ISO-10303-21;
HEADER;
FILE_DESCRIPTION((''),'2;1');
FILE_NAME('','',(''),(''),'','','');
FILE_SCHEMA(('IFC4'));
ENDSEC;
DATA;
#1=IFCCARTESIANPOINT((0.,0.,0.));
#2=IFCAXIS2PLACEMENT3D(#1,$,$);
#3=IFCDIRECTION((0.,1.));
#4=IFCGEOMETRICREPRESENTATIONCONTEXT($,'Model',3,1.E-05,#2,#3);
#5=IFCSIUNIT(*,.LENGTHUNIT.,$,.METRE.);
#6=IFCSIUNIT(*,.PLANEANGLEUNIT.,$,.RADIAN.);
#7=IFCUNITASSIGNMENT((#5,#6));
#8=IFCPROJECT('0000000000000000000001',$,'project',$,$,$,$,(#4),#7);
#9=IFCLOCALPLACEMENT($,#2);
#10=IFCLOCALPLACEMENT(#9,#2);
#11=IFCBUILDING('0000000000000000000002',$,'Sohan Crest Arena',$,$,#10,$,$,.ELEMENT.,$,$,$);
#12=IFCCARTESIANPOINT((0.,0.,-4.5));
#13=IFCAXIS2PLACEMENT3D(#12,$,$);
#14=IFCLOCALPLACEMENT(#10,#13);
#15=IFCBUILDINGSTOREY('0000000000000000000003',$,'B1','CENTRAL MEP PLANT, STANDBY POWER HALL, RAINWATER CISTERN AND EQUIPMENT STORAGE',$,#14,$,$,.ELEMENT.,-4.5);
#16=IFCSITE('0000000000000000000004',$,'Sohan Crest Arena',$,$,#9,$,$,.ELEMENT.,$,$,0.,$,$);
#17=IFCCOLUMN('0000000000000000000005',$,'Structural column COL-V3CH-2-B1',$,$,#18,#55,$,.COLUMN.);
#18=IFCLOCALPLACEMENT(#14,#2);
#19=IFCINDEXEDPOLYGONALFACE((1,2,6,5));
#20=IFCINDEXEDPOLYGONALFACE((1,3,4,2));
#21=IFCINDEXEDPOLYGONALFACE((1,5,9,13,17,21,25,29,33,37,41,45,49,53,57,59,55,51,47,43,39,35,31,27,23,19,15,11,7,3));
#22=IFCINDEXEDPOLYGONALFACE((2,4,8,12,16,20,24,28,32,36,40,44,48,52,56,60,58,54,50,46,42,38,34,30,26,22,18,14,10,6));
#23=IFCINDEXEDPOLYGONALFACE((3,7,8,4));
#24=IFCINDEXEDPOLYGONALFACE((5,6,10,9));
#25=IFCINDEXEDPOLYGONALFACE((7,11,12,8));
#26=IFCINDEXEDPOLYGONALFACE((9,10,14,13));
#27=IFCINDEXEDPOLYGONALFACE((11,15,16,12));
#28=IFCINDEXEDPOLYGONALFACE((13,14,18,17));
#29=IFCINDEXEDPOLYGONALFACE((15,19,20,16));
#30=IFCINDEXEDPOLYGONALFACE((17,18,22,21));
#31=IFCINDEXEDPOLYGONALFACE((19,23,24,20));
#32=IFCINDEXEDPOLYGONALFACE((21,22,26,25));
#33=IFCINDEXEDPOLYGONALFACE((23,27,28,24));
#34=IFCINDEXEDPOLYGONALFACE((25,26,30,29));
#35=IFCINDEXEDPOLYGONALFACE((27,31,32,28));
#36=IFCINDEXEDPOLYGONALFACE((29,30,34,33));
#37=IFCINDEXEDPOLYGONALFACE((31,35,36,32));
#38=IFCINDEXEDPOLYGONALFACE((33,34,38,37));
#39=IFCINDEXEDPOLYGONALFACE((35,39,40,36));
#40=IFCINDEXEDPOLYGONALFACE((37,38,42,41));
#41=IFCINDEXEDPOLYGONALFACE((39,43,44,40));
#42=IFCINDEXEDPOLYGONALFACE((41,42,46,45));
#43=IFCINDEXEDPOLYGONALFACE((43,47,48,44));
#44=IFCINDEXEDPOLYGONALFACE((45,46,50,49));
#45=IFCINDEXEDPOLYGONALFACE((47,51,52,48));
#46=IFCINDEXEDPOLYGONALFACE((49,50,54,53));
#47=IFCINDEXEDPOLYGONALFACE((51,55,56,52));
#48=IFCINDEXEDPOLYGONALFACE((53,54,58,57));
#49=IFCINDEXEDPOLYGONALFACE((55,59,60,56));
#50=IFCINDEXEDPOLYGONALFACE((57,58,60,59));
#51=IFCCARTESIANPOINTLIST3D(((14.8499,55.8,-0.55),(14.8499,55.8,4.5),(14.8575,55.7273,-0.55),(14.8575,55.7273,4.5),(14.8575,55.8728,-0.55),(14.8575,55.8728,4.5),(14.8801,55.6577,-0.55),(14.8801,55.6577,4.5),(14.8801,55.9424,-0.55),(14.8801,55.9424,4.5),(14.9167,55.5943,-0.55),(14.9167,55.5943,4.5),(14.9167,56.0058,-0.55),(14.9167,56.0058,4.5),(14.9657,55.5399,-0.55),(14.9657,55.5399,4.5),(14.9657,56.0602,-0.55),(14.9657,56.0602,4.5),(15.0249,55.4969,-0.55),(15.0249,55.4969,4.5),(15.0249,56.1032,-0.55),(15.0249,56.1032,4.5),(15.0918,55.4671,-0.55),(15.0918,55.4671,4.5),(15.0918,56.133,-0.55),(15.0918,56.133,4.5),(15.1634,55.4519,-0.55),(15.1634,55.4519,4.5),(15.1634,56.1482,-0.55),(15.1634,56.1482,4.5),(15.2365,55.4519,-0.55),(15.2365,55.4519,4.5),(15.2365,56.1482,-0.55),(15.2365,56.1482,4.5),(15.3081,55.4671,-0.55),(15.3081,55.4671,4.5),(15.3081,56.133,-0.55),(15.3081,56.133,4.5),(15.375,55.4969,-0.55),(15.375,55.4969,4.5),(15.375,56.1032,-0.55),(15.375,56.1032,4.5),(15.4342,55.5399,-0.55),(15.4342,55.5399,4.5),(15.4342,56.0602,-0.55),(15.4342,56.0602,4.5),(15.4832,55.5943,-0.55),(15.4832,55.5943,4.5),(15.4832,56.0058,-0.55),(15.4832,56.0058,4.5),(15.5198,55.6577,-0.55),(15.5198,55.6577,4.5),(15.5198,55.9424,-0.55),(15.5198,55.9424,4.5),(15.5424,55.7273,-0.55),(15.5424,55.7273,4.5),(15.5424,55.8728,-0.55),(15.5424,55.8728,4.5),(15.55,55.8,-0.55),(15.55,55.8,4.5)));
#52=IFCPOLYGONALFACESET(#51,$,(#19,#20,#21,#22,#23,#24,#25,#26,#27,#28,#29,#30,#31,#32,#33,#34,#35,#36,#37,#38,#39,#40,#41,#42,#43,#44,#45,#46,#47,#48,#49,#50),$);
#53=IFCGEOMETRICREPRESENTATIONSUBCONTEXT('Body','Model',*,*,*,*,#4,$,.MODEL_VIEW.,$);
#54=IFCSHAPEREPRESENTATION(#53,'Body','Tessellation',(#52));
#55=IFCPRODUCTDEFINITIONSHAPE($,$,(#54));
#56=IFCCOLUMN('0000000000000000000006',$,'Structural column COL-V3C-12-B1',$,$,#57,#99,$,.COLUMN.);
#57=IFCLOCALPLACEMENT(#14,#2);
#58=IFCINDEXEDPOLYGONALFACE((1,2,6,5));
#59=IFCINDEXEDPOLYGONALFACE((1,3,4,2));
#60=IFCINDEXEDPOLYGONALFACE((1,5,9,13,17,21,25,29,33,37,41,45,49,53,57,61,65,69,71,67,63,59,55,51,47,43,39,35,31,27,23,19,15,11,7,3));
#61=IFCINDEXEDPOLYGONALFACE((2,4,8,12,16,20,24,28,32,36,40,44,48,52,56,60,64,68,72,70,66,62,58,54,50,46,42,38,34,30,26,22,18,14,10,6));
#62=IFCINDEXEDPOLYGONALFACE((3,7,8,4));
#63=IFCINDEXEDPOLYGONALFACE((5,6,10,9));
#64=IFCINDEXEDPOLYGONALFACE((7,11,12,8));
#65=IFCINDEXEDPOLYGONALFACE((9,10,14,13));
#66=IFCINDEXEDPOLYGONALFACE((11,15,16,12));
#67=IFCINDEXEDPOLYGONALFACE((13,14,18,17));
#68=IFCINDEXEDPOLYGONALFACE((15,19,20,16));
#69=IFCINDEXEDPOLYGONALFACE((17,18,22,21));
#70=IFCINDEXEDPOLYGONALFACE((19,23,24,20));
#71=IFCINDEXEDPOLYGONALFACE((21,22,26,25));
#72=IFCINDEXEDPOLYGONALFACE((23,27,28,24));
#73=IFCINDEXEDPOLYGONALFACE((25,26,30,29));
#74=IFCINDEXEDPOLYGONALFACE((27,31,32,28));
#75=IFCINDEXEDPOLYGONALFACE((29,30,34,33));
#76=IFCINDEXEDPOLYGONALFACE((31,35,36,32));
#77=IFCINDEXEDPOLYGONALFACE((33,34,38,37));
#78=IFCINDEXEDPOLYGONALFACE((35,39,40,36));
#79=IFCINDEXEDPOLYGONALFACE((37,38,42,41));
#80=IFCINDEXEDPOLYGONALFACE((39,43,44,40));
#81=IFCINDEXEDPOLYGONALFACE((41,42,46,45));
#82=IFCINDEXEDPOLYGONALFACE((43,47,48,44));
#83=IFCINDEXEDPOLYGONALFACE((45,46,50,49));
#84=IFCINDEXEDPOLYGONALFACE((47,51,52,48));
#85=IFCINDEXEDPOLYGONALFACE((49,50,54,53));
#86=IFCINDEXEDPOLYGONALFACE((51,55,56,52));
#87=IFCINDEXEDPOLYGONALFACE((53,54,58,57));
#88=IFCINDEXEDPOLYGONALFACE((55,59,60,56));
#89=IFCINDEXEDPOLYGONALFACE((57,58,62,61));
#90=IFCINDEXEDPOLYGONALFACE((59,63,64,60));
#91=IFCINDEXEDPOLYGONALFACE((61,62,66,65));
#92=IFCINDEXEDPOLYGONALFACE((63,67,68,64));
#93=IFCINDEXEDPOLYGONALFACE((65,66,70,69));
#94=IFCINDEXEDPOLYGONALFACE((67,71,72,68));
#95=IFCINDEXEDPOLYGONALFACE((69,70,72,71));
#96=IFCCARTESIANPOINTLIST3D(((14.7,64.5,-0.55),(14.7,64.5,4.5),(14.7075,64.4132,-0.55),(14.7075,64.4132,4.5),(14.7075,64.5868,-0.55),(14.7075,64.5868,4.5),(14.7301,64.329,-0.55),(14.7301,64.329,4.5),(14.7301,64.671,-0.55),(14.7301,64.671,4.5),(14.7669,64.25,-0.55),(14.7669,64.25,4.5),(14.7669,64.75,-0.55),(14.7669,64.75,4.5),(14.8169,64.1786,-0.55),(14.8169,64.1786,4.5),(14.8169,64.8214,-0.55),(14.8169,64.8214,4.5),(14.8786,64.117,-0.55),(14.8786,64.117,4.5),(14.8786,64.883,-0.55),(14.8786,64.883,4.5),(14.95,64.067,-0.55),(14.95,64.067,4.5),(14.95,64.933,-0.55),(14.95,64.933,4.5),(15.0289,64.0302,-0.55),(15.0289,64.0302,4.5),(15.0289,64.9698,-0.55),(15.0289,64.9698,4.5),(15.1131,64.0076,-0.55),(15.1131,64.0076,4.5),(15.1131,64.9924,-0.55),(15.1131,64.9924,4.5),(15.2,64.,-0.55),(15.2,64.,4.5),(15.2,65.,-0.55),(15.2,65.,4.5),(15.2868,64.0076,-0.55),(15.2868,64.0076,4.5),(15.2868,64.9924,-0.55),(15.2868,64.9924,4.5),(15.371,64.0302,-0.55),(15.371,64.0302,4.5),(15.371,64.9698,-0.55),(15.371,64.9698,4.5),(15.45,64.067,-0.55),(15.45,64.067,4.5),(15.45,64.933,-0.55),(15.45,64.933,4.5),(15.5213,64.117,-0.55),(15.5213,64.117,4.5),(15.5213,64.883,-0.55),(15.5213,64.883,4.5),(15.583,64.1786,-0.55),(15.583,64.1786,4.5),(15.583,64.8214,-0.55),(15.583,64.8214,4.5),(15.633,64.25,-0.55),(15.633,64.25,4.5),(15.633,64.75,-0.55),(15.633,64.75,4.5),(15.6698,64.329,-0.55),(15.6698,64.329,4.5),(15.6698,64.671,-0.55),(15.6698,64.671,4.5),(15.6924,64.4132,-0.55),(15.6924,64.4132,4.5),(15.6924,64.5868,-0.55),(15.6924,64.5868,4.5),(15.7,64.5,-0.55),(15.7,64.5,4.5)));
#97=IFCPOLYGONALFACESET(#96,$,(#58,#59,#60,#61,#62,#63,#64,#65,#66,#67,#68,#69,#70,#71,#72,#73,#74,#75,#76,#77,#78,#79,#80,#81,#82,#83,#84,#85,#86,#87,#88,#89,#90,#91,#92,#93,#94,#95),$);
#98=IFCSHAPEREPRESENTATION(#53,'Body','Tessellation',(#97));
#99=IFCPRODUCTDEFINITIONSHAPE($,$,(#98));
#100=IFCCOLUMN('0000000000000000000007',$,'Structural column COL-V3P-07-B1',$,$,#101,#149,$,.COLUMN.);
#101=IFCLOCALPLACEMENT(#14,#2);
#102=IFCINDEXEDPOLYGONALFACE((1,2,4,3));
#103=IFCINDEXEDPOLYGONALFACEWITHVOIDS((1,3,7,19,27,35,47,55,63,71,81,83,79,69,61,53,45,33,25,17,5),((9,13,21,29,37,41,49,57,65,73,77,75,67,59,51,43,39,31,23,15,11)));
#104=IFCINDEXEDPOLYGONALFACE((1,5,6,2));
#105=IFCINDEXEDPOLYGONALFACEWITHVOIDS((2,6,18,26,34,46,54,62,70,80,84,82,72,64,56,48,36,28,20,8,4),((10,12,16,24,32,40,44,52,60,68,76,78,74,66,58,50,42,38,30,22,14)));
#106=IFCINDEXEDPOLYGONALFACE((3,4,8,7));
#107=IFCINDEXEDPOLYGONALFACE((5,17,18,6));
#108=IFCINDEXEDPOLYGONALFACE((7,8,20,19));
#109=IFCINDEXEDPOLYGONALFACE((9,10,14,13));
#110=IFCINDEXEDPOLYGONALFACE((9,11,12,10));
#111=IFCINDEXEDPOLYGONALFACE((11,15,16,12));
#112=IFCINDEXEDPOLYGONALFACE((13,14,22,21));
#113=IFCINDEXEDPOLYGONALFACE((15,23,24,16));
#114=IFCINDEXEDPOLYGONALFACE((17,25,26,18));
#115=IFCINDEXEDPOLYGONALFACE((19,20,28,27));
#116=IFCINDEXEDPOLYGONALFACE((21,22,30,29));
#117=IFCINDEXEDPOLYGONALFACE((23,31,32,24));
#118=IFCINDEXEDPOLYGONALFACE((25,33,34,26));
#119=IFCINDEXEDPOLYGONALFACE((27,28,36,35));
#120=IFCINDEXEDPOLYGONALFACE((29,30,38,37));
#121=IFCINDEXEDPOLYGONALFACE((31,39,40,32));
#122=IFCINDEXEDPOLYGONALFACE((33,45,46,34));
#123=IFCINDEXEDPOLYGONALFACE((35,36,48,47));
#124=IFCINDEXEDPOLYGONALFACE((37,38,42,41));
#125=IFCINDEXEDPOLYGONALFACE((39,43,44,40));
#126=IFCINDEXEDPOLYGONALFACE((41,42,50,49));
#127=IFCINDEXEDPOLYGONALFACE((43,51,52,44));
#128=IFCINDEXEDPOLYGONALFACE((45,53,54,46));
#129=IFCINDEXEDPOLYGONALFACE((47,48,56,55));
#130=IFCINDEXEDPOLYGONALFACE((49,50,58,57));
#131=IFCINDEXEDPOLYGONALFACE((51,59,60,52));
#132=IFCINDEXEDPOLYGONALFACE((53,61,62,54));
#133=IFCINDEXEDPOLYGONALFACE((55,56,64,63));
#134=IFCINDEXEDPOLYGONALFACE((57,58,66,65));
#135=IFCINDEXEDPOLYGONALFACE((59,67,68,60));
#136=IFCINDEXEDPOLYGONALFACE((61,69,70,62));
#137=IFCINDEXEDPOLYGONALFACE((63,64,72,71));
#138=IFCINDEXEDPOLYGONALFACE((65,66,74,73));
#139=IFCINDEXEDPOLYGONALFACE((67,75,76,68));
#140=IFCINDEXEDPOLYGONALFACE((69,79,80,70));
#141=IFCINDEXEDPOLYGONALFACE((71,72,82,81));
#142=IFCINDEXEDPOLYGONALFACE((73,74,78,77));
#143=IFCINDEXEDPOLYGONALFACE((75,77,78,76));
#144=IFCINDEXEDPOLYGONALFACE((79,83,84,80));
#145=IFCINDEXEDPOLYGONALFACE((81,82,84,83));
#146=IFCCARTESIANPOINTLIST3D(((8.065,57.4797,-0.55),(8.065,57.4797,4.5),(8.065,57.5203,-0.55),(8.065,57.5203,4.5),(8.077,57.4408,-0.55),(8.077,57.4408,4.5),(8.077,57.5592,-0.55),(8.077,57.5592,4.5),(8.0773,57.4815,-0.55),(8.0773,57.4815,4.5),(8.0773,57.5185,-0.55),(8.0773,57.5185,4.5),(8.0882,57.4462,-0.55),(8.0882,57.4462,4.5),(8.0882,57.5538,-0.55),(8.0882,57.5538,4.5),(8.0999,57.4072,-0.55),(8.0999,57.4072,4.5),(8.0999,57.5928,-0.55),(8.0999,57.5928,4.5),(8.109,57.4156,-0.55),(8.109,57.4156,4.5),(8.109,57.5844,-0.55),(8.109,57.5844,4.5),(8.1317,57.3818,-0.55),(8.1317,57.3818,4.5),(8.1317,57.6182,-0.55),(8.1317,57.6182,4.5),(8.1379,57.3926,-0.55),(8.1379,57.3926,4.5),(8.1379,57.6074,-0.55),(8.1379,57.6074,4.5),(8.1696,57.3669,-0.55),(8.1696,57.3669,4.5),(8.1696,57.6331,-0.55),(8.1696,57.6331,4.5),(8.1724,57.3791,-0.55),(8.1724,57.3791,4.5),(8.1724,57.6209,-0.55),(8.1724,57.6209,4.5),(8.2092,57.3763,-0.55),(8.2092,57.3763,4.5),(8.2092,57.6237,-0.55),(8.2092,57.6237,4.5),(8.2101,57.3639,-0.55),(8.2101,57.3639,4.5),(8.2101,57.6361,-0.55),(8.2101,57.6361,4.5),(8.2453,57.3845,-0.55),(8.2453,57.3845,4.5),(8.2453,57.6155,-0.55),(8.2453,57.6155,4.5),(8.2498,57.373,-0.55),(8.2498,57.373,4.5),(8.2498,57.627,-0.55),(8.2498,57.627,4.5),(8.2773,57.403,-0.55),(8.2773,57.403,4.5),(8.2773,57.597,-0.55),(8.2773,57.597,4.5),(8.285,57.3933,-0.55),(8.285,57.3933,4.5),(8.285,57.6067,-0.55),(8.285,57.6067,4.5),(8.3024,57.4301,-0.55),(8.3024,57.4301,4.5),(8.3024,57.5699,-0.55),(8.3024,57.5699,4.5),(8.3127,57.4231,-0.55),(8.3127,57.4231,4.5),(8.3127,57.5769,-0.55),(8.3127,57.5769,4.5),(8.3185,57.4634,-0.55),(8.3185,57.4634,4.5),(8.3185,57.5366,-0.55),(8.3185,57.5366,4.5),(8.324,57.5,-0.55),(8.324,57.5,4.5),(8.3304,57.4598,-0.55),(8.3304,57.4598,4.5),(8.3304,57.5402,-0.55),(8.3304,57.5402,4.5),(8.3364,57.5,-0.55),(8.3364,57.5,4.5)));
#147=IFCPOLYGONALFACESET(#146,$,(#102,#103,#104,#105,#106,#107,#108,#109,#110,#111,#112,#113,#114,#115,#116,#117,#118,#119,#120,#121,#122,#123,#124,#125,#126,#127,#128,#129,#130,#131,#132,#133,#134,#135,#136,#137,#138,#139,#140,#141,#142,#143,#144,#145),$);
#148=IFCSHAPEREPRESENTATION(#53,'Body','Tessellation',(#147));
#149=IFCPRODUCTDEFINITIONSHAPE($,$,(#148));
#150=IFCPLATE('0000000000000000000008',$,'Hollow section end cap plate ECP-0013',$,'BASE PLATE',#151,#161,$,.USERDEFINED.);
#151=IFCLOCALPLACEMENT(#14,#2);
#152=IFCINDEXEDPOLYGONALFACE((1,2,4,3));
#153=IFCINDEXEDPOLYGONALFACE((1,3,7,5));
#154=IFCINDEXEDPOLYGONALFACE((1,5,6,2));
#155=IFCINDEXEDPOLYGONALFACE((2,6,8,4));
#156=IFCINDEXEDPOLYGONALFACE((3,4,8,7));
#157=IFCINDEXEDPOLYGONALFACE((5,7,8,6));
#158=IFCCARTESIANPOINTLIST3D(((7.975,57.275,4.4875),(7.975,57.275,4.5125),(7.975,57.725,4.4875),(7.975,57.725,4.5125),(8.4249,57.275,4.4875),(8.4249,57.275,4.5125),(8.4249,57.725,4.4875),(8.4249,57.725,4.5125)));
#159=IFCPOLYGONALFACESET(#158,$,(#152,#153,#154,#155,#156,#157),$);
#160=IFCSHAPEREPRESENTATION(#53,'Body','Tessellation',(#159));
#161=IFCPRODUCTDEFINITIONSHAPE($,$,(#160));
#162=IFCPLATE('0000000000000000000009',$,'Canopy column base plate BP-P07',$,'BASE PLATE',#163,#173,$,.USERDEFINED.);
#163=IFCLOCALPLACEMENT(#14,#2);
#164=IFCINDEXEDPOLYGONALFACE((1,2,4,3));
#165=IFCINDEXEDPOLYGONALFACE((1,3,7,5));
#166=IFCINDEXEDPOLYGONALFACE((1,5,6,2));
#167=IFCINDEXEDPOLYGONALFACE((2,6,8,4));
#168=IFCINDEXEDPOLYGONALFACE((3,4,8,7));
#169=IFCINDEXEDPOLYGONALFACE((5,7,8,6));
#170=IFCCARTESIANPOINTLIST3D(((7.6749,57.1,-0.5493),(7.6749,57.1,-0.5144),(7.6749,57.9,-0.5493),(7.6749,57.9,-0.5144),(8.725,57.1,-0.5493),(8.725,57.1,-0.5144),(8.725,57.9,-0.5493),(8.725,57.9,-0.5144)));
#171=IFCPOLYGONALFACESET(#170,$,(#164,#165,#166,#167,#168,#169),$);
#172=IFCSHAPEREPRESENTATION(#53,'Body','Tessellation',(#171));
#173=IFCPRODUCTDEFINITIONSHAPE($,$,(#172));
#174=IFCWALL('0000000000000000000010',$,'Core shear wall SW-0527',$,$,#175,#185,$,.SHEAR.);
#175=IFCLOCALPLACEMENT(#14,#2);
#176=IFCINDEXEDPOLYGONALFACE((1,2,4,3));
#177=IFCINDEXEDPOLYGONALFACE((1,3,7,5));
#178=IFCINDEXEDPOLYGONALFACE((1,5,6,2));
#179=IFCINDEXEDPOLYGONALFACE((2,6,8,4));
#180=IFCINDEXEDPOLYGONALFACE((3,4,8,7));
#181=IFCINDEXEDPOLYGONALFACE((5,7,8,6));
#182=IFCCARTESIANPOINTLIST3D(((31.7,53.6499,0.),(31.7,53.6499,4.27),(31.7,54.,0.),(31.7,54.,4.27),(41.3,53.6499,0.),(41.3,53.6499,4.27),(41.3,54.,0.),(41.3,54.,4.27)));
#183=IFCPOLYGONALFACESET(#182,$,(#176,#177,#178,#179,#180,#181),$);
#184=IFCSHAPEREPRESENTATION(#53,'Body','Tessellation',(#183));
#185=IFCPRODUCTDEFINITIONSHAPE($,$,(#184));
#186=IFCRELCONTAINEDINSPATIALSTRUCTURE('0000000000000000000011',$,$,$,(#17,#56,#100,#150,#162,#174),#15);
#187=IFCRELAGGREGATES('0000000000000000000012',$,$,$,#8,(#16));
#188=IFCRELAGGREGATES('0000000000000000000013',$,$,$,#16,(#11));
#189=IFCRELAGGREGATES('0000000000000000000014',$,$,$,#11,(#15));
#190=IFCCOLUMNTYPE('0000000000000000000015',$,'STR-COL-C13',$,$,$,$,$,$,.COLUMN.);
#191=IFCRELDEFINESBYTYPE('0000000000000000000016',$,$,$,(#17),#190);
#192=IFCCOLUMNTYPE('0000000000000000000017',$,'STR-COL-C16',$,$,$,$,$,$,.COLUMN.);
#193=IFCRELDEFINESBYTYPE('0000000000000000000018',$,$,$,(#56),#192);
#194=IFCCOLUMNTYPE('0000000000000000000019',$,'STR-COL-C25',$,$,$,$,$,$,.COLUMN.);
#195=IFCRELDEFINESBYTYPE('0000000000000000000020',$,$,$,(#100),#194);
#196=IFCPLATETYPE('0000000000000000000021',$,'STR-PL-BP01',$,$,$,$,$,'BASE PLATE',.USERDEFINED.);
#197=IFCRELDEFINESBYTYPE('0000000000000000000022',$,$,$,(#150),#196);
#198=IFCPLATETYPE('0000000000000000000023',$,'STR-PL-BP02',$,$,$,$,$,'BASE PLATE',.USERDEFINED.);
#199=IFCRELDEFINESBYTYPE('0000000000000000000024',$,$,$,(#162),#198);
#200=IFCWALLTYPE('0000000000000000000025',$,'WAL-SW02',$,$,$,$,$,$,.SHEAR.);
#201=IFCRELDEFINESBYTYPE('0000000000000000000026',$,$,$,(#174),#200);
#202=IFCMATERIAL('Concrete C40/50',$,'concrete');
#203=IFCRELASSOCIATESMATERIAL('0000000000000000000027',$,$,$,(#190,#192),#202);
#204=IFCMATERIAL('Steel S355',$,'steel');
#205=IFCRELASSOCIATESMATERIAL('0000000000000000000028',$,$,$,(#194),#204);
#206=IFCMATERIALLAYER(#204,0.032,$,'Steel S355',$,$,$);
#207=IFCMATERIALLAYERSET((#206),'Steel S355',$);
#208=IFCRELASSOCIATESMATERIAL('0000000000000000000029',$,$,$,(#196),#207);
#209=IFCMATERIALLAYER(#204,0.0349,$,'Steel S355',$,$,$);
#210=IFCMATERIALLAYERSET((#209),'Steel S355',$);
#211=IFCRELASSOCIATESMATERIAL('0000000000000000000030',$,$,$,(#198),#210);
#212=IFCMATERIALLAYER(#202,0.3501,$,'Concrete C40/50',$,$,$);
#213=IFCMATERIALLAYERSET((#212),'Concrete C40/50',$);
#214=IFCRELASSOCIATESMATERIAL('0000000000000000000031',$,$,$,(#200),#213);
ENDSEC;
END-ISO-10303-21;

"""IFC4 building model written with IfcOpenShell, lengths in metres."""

from ifc_helpers import new_model, si_unit, direction, frame, frame_2d, origin, origin_2d, place, context, subcontext, project, spatial, rectangle, circle, hollow_circle, extrude, material, layer, layer_set, material_profile, profile_set, type_object, element, save


model = new_model("IFC4")

# Units and contexts
model_context = context("Model", 3, precision=1e-05, world=origin(), true_north=direction((0.0, 1.0)))
body_context = subcontext(model_context, "Body", "Model", "MODEL_VIEW")
ifc_project = project(units=[si_unit("LENGTHUNIT", "METRE"), si_unit("PLANEANGLEUNIT", "RADIAN")], contexts=[model_context])

# Site, building, storey
site_placement = place(None, origin())
site = spatial("IfcSite", under=ifc_project, at=site_placement, Name="Sohan Crest Arena", CompositionType="ELEMENT", RefElevation=0.0)
building_placement = place(site_placement, origin())
building = spatial("IfcBuilding", under=site, at=building_placement, Name="Sohan Crest Arena", CompositionType="ELEMENT")
storey_placement = place(building_placement, frame((0.0, 0.0, -4.5)))
storey = spatial("IfcBuildingStorey", under=building, at=storey_placement, Name="B1", Description="CENTRAL MEP PLANT, STANDBY POWER HALL, RAINWATER CISTERN AND EQUIPMENT STORAGE", CompositionType="ELEMENT", Elevation=-4.5)

# Shared definitions
ifc_material_1 = material(Name="Concrete C40/50", Category="concrete")

# Columns
ifc_material_profile_1 = material_profile(ifc_material_1, circle(Radius=0.3501, at=origin_2d()), Name="RC D700")
ifc_profile_set_1 = profile_set([ifc_material_profile_1], Name="Concrete C40/50")
column_type_1 = type_object("IfcColumnType", Name="STR-COL-C13", PredefinedType="COLUMN", material=ifc_profile_set_1)
column_1_placement = place(storey_placement, frame((15.2, 55.8, -0.55), z_axis=(0.0, 0.0, 1.0), x_axis=(1.0, 0.0, 0.0)))
element("IfcColumn", 1, at=column_1_placement, inside=storey, type_object=column_type_1, Name="Structural column COL-V3CH-2-B1", PredefinedType="COLUMN", context=body_context, shape_type="SweptSolid", body=[
    extrude(circle(Radius=0.3501, at=origin_2d()), origin(), (0.0, 0.0, 1.0), 5.05),
])
ifc_material_profile_2 = material_profile(ifc_material_1, circle(Radius=0.5, at=origin_2d()), Name="RC D1000")
ifc_profile_set_2 = profile_set([ifc_material_profile_2], Name="Concrete C40/50")
column_type_2 = type_object("IfcColumnType", Name="STR-COL-C16", PredefinedType="COLUMN", material=ifc_profile_set_2)
column_2_placement = place(storey_placement, frame((15.2, 64.5, -0.55), z_axis=(0.0, 0.0, 1.0), x_axis=(1.0, 0.0, 0.0)))
element("IfcColumn", 2, at=column_2_placement, inside=storey, type_object=column_type_2, Name="Structural column COL-V3C-12-B1", PredefinedType="COLUMN", context=body_context, shape_type="SweptSolid", body=[
    extrude(circle(Radius=0.5, at=origin_2d()), origin(), (0.0, 0.0, 1.0), 5.05),
])
ifc_material_2 = material(Name="Steel S355", Category="steel")
ifc_material_profile_3 = material_profile(ifc_material_2, hollow_circle(Radius=0.1365, WallThickness=0.0125, at=origin_2d()), Name="CHS 273x12.5")
ifc_profile_set_3 = profile_set([ifc_material_profile_3], Name="Steel S355")
column_type_3 = type_object("IfcColumnType", Name="STR-COL-C25", PredefinedType="COLUMN", material=ifc_profile_set_3)
column_3_placement = place(storey_placement, frame((8.2, 57.5, -0.55), z_axis=(0.0, 0.0, 1.0), x_axis=(1.0, 0.0, 0.0)))
element("IfcColumn", 3, at=column_3_placement, inside=storey, type_object=column_type_3, Name="Structural column COL-V3P-07-B1", PredefinedType="COLUMN", context=body_context, shape_type="SweptSolid", body=[
    extrude(hollow_circle(Radius=0.1365, WallThickness=0.0125, at=origin_2d()), origin(), (0.0, 0.0, 1.0), 5.05),
])

# Plates
ifc_layer_1 = layer(ifc_material_2, 0.032, Name="Steel S355")
ifc_layer_set_1 = layer_set([ifc_layer_1], Name="Steel S355")
plate_type_1 = type_object("IfcPlateType", Name="STR-PL-BP01", ElementType="BASE PLATE", PredefinedType="USERDEFINED", material=ifc_layer_set_1)
plate_1_placement = place(storey_placement, frame((8.2, 57.5, 4.4875), z_axis=(0.0, 0.0, 1.0), x_axis=(1.0, 0.0, 0.0)))
element("IfcPlate", 4, at=plate_1_placement, inside=storey, type_object=plate_type_1, Name="Hollow section end cap plate ECP-0013", ObjectType="BASE PLATE", PredefinedType="USERDEFINED", context=body_context, shape_type="SweptSolid", body=[
    extrude(rectangle(XDim=0.45, YDim=0.45, at=origin_2d()), origin(), (0.0, 0.0, 1.0), 0.0249),
])
ifc_layer_2 = layer(ifc_material_2, 0.0349, Name="Steel S355")
ifc_layer_set_2 = layer_set([ifc_layer_2], Name="Steel S355")
plate_type_2 = type_object("IfcPlateType", Name="STR-PL-BP02", ElementType="BASE PLATE", PredefinedType="USERDEFINED", material=ifc_layer_set_2)
plate_2_placement = place(storey_placement, frame((8.2, 57.5, -0.5493), z_axis=(0.0, 0.0, 1.0), x_axis=(1.0, 0.0, 0.0)))
element("IfcPlate", 5, at=plate_2_placement, inside=storey, type_object=plate_type_2, Name="Canopy column base plate BP-P07", ObjectType="BASE PLATE", PredefinedType="USERDEFINED", context=body_context, shape_type="SweptSolid", body=[
    extrude(rectangle(XDim=1.05, YDim=0.8, at=origin_2d()), origin(), (0.0, 0.0, 1.0), 0.0349),
])

# Wall
ifc_layer_3 = layer(ifc_material_1, 0.3501, Name="Concrete C40/50")
ifc_layer_set_3 = layer_set([ifc_layer_3], Name="Concrete C40/50")
wall_type = type_object("IfcWallType", Name="WAL-SW02", PredefinedType="SHEAR", material=ifc_layer_set_3)
for number, where, z_axis, x_axis, name in (
    (6, (31.7, 53.825, 0.0), (0.0, 0.0, 1.0), (1.0, 0.0, 0.0), "Core shear wall SW-0527"),
):
    element("IfcWall", number, at=place(storey_placement, frame(where, z_axis=z_axis, x_axis=x_axis)), inside=storey, type_object=wall_type, Name=name, PredefinedType="SHEAR", context=body_context, shape_type="SweptSolid", body=[
        extrude(rectangle(XDim=9.6001, YDim=0.3501, at=frame_2d((4.8, 0.0))), origin(), (0.0, 0.0, 1.0), 4.27),
    ])

save(model, "model.ifc")
